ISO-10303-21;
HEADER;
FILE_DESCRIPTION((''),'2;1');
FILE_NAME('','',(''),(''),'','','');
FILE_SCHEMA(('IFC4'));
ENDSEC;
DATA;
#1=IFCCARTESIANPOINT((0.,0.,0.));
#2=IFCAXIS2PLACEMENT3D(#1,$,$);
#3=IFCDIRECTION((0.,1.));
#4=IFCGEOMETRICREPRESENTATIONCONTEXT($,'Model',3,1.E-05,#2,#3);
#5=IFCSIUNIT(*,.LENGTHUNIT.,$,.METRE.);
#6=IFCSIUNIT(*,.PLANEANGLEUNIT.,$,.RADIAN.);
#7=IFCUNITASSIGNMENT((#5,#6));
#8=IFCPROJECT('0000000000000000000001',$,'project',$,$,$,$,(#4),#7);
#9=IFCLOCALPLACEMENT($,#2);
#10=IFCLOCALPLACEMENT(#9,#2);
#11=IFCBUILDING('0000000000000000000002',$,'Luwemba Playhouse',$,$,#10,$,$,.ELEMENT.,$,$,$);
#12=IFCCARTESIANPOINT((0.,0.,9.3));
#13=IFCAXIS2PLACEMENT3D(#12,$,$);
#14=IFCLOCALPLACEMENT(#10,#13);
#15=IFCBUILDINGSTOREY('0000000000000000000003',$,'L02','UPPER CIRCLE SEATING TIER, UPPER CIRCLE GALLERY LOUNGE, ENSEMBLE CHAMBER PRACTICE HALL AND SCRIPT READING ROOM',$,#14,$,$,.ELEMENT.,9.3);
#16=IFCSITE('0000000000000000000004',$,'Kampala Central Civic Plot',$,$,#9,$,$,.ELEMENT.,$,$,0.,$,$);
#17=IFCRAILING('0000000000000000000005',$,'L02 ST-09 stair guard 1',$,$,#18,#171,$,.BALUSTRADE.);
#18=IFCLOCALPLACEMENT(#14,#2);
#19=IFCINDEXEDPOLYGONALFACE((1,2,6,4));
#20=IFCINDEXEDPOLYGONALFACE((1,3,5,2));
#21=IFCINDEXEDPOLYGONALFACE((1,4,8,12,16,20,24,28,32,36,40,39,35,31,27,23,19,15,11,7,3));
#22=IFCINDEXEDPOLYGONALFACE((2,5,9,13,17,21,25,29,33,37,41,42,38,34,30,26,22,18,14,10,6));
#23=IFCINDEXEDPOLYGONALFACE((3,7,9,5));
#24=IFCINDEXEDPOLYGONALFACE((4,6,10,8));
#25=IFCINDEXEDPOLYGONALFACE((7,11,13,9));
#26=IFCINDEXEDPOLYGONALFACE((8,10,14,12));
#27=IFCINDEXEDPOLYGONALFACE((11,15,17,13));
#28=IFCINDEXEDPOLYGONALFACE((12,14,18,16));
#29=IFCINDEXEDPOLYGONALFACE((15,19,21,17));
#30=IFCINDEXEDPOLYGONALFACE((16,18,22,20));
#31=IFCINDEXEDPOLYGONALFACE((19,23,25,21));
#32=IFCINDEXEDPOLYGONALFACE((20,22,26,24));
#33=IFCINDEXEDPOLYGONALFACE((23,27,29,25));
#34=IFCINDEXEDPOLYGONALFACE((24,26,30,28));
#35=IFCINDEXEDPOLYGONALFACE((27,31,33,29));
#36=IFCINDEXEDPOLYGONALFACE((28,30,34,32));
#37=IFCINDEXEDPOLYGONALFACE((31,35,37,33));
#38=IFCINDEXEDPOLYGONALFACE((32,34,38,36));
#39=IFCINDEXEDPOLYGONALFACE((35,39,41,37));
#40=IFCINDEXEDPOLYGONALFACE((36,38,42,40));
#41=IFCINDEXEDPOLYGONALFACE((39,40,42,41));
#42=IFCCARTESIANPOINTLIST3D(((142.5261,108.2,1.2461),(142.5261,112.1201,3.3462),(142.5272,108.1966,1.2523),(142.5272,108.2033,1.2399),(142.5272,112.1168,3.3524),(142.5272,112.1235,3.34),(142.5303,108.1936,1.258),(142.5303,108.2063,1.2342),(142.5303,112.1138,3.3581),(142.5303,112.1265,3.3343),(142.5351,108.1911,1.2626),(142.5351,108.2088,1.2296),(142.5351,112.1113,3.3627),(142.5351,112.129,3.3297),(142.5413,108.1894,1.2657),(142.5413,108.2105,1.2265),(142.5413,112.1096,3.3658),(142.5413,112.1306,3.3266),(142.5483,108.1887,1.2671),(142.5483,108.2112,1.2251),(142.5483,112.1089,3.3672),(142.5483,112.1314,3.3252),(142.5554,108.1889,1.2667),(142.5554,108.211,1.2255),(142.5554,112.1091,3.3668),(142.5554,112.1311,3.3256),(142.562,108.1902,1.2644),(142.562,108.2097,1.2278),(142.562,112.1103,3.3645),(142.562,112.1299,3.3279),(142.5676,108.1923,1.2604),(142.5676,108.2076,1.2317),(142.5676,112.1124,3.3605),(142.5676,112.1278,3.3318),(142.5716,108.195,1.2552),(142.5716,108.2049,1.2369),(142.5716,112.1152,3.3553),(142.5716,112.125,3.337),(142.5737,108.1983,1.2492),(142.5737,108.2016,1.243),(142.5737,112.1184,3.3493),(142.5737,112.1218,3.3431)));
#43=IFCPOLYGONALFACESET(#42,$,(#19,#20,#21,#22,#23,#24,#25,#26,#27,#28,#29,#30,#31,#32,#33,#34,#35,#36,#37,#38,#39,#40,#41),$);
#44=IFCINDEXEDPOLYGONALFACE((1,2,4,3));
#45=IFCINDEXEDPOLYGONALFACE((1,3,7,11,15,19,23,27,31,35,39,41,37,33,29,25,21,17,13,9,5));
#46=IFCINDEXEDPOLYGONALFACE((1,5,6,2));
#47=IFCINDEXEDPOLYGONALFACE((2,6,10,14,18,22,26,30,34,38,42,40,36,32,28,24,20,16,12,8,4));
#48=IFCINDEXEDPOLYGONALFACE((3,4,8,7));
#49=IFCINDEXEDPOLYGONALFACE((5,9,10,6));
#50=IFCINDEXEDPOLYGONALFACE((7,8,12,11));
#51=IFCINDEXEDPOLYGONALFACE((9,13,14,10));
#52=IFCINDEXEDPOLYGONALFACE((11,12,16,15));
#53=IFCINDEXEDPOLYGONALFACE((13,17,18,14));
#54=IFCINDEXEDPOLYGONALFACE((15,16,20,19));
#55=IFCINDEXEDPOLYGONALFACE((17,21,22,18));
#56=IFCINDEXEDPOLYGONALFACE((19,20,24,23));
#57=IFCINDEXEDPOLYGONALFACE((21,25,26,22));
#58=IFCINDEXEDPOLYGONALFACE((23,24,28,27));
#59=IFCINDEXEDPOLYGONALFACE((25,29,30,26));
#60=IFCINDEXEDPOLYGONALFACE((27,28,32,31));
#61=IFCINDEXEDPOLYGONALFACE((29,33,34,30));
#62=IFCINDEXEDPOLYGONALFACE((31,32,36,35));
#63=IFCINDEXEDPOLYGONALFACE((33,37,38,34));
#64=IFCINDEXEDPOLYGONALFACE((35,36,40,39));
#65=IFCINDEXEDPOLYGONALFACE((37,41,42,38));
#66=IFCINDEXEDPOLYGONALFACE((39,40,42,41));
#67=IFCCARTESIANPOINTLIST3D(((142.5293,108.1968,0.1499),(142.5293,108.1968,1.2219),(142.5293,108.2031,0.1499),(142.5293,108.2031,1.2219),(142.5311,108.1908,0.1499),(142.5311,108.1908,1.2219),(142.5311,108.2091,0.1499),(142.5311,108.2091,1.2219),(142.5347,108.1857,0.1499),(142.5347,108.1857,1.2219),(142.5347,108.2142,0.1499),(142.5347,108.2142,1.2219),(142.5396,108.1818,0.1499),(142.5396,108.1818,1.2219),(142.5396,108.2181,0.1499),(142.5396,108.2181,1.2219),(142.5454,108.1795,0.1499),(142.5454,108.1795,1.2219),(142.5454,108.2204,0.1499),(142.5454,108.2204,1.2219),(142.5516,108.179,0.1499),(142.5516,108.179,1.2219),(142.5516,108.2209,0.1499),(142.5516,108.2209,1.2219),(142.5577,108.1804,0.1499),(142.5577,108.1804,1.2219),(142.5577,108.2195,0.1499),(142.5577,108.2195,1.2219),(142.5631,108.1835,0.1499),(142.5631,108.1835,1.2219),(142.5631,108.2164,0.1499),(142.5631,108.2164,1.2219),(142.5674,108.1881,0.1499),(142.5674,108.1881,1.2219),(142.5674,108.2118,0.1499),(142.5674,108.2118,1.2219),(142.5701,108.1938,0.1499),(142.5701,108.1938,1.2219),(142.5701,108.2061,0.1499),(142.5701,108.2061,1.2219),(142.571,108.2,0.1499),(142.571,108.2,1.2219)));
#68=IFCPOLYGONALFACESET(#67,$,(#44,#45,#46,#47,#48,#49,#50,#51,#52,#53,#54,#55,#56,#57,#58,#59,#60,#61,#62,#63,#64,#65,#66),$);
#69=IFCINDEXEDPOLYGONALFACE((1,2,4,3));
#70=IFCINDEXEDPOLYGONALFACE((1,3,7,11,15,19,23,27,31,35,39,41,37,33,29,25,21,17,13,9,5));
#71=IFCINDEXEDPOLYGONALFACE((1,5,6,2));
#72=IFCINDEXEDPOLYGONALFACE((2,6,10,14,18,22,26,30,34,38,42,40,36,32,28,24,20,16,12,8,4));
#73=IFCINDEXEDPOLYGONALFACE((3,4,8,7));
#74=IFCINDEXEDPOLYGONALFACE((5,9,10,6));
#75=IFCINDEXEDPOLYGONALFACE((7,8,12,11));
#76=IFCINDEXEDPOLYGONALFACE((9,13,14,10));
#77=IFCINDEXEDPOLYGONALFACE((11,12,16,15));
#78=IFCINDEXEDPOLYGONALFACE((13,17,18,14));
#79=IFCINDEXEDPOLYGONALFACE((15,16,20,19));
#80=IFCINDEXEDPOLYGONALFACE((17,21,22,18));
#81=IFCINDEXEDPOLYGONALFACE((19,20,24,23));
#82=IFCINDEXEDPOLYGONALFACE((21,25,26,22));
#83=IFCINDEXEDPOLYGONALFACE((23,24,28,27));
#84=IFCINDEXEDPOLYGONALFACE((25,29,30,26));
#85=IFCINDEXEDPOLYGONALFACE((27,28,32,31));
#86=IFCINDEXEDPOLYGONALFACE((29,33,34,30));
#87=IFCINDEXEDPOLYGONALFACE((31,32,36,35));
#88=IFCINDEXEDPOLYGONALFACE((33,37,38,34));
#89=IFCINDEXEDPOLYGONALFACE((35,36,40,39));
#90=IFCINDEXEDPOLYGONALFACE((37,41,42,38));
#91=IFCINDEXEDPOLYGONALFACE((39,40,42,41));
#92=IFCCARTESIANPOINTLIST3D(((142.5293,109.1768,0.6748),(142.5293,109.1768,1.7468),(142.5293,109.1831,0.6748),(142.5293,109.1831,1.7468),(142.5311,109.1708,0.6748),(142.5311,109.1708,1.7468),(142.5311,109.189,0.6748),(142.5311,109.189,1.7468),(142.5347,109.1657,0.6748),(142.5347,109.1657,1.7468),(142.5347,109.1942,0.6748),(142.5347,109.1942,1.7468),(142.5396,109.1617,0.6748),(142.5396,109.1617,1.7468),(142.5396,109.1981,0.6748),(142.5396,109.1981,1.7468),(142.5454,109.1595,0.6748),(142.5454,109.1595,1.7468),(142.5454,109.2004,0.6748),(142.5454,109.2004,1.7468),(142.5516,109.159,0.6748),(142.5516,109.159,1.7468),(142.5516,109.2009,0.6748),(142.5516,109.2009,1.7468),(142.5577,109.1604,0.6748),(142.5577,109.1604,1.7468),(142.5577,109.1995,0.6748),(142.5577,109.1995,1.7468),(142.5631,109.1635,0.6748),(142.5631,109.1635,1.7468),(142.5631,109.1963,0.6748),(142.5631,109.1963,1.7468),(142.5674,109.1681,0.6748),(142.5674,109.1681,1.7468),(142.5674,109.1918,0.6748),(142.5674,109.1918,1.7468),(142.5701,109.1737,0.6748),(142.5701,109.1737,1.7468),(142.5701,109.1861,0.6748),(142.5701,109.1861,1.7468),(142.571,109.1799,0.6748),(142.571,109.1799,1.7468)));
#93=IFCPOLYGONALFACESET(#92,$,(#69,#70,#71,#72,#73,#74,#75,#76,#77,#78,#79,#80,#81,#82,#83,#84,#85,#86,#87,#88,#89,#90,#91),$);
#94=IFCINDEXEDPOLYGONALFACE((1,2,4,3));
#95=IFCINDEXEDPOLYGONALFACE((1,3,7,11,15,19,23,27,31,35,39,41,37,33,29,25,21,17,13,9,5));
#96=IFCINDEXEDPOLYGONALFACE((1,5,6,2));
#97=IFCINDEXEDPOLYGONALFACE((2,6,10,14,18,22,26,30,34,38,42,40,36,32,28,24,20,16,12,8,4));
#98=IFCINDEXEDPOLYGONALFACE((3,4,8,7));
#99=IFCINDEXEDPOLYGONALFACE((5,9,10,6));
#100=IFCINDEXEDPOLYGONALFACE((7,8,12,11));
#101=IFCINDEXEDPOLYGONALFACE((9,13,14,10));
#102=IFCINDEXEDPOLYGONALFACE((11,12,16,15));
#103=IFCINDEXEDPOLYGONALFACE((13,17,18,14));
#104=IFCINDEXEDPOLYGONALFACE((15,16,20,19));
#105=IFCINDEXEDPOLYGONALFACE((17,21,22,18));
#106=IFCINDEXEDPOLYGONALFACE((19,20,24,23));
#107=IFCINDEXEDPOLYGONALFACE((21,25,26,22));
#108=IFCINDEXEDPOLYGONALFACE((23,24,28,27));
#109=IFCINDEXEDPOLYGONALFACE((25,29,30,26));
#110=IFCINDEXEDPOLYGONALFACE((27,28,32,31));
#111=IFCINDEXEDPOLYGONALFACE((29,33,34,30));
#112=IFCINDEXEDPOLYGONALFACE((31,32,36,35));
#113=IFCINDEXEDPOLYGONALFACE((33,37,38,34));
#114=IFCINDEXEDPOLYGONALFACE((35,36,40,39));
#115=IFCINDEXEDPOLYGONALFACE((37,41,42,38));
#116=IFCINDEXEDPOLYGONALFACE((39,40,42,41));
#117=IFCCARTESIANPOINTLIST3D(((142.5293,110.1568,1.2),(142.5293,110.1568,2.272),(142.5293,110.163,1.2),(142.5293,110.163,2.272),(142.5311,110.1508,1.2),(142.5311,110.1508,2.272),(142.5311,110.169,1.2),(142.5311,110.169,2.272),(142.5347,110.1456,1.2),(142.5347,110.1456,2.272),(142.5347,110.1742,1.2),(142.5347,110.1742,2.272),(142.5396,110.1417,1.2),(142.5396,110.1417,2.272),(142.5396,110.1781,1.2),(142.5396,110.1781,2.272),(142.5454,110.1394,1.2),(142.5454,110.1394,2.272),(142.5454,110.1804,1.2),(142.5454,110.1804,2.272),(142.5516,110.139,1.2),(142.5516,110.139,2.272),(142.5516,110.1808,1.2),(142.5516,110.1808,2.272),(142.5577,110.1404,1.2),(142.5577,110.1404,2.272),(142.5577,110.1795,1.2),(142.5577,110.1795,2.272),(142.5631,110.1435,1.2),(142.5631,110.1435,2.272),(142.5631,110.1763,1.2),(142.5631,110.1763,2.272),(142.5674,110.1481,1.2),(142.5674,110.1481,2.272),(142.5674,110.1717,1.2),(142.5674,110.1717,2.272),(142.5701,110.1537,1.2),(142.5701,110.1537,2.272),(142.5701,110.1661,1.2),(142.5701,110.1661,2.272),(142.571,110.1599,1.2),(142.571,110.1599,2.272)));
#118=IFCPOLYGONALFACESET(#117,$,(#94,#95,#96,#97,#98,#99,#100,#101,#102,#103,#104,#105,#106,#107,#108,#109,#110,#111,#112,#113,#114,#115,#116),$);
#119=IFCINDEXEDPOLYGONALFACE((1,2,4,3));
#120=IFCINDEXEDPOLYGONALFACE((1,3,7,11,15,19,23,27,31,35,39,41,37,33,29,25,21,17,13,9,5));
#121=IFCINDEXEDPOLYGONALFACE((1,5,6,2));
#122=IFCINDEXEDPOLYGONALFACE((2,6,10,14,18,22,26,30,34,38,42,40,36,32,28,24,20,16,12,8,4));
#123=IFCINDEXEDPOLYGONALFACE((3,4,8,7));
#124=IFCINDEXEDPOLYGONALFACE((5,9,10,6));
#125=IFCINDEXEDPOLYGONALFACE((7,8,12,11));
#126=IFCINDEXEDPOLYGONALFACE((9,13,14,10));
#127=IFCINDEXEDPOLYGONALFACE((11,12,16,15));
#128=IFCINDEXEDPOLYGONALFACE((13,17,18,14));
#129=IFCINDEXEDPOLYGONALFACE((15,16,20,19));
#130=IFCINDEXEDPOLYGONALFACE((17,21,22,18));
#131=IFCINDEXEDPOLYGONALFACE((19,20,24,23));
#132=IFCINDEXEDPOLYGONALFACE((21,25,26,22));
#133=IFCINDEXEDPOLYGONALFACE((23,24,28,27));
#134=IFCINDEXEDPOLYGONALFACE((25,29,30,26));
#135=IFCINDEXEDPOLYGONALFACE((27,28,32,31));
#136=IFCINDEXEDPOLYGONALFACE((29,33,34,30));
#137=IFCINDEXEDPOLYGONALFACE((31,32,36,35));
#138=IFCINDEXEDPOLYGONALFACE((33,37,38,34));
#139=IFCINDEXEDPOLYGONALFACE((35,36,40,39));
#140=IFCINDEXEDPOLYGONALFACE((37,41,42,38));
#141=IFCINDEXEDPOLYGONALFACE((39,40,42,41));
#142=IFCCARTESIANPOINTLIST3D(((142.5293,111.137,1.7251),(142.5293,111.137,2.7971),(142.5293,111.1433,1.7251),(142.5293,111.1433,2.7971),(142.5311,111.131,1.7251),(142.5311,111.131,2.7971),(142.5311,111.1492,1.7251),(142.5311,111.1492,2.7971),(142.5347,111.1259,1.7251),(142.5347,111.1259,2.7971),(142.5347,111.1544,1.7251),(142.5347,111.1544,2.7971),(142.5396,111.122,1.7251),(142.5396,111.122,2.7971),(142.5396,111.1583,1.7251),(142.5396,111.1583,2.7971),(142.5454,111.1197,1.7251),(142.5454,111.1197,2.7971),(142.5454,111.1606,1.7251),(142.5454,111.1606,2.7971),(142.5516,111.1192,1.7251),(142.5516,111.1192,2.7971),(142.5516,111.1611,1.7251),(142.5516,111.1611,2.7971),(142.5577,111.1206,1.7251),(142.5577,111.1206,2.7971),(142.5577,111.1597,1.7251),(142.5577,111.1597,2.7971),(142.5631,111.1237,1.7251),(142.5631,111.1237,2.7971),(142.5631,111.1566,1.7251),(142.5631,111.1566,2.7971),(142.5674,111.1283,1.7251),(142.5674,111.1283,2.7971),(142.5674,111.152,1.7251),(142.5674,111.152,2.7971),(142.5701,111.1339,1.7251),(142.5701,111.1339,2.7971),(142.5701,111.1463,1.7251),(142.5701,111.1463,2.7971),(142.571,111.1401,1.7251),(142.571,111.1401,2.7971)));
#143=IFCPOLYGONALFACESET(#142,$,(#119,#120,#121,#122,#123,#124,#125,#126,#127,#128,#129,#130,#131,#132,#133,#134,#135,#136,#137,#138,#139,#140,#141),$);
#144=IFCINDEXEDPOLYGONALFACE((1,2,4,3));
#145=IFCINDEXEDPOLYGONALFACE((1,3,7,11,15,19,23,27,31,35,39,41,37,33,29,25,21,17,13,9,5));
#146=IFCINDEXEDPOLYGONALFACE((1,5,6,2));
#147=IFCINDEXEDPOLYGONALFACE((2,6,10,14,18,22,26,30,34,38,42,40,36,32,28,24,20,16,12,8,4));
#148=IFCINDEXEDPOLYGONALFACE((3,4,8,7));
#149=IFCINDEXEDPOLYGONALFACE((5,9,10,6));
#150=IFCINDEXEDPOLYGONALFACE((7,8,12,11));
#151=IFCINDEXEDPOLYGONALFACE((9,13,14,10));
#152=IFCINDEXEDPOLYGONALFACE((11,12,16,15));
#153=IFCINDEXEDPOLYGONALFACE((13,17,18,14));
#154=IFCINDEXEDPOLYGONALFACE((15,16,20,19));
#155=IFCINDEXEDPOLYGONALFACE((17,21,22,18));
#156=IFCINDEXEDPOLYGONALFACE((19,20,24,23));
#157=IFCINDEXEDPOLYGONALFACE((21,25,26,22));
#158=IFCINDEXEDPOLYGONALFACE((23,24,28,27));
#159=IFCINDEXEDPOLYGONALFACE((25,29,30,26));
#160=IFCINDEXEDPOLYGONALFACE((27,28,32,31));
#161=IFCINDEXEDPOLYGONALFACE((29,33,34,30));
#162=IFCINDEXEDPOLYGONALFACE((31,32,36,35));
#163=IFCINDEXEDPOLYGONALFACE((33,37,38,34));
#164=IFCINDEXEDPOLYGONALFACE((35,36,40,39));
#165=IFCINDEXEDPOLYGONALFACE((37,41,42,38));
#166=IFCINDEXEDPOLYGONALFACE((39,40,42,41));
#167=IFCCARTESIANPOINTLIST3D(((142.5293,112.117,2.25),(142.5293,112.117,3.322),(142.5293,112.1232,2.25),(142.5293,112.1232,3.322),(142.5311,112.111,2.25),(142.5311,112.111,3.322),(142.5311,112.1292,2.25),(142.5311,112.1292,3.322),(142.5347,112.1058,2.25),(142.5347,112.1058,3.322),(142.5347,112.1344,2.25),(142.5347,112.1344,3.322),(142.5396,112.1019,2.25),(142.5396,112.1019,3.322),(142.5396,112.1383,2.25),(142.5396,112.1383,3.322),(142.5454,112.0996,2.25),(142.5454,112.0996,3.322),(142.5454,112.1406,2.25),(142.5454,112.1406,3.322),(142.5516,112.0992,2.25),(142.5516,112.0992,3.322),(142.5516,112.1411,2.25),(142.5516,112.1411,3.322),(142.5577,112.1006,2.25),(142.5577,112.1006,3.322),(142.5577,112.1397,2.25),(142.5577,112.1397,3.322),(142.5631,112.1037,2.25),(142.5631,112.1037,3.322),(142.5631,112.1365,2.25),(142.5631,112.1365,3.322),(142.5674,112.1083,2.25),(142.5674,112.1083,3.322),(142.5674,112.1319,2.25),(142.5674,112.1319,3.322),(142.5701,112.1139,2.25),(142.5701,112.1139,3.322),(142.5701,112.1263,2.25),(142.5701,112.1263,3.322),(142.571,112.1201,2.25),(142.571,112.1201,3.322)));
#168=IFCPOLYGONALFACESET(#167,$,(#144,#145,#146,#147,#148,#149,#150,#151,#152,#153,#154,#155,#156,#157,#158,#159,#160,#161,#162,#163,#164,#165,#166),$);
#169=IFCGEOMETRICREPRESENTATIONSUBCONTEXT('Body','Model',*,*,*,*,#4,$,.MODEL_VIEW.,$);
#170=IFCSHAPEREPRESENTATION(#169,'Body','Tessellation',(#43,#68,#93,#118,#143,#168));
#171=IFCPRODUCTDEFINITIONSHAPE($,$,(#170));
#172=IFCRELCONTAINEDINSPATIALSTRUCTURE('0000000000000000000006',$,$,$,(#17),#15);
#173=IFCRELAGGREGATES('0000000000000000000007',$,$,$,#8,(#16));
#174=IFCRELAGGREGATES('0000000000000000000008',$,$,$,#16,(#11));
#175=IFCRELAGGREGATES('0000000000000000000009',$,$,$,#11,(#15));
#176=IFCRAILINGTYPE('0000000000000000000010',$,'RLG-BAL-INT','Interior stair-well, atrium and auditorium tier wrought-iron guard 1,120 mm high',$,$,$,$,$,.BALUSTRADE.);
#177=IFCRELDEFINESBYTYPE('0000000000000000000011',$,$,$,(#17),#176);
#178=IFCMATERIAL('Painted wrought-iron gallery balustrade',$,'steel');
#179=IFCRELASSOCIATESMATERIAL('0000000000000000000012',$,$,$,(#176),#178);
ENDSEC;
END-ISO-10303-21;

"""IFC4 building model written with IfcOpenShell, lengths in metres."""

from ifc_helpers import new_model, si_unit, direction, frame, origin, origin_2d, place, context, subcontext, project, spatial, circle, extrude, material, type_object, element, save


model = new_model("IFC4")

# Units and contexts
model_context = context("Model", 3, precision=1e-05, world=origin(), true_north=direction((0.0, 1.0)))
body_context = subcontext(model_context, "Body", "Model", "MODEL_VIEW")
ifc_project = project(units=[si_unit("LENGTHUNIT", "METRE"), si_unit("PLANEANGLEUNIT", "RADIAN")], contexts=[model_context])

# Site, building, storey
site_placement = place(None, origin())
site = spatial("IfcSite", under=ifc_project, at=site_placement, Name="Kampala Central Civic Plot", CompositionType="ELEMENT", RefElevation=0.0)
building_placement = place(site_placement, origin())
building = spatial("IfcBuilding", under=site, at=building_placement, Name="Luwemba Playhouse", CompositionType="ELEMENT")
storey_placement = place(building_placement, frame((0.0, 0.0, 9.3)))
storey = spatial("IfcBuildingStorey", under=building, at=storey_placement, Name="L02", Description="UPPER CIRCLE SEATING TIER, UPPER CIRCLE GALLERY LOUNGE, ENSEMBLE CHAMBER PRACTICE HALL AND SCRIPT READING ROOM", CompositionType="ELEMENT", Elevation=9.3)

# Railing
ifc_material_1 = material(Name="Painted wrought-iron gallery balustrade", Category="steel")
railing_type_1 = type_object("IfcRailingType", Name="RLG-BAL-INT", Description="Interior stair-well, atrium and auditorium tier wrought-iron guard 1,120 mm high", PredefinedType="BALUSTRADE", material=ifc_material_1)
railing_1_placement = place(storey_placement, frame((142.55, 108.2, 0.1499)))
element("IfcRailing", 1, at=railing_1_placement, inside=storey, type_object=railing_type_1, Name="L02 ST-09 stair guard 1", PredefinedType="BALUSTRADE", context=body_context, shape_type="SweptSolid", body=[
    extrude(circle(Radius=0.0239, at=origin_2d()), frame((0.0, 0.0, 1.0962), z_axis=(0.0, 0.881479, 0.472223), x_axis=(-1.0, 0.0, 0.0)), (0.0, 0.0, 1.0), 4.4473),
    extrude(circle(Radius=0.021, at=origin_2d()), origin(), (0.0, 0.0, 1.0), 1.072),
    extrude(circle(Radius=0.021, at=origin_2d()), frame((0.0, 0.98, 0.5249)), (0.0, 0.0, 1.0), 1.072),
    extrude(circle(Radius=0.021, at=origin_2d()), frame((0.0, 1.96, 1.05)), (0.0, 0.0, 1.0), 1.072),
    extrude(circle(Radius=0.021, at=origin_2d()), frame((0.0, 2.9402, 1.5752)), (0.0, 0.0, 1.0), 1.072),
    extrude(circle(Radius=0.021, at=origin_2d()), frame((0.0, 3.9202, 2.1001)), (0.0, 0.0, 1.0), 1.072),
])

save(model, "model.ifc")
